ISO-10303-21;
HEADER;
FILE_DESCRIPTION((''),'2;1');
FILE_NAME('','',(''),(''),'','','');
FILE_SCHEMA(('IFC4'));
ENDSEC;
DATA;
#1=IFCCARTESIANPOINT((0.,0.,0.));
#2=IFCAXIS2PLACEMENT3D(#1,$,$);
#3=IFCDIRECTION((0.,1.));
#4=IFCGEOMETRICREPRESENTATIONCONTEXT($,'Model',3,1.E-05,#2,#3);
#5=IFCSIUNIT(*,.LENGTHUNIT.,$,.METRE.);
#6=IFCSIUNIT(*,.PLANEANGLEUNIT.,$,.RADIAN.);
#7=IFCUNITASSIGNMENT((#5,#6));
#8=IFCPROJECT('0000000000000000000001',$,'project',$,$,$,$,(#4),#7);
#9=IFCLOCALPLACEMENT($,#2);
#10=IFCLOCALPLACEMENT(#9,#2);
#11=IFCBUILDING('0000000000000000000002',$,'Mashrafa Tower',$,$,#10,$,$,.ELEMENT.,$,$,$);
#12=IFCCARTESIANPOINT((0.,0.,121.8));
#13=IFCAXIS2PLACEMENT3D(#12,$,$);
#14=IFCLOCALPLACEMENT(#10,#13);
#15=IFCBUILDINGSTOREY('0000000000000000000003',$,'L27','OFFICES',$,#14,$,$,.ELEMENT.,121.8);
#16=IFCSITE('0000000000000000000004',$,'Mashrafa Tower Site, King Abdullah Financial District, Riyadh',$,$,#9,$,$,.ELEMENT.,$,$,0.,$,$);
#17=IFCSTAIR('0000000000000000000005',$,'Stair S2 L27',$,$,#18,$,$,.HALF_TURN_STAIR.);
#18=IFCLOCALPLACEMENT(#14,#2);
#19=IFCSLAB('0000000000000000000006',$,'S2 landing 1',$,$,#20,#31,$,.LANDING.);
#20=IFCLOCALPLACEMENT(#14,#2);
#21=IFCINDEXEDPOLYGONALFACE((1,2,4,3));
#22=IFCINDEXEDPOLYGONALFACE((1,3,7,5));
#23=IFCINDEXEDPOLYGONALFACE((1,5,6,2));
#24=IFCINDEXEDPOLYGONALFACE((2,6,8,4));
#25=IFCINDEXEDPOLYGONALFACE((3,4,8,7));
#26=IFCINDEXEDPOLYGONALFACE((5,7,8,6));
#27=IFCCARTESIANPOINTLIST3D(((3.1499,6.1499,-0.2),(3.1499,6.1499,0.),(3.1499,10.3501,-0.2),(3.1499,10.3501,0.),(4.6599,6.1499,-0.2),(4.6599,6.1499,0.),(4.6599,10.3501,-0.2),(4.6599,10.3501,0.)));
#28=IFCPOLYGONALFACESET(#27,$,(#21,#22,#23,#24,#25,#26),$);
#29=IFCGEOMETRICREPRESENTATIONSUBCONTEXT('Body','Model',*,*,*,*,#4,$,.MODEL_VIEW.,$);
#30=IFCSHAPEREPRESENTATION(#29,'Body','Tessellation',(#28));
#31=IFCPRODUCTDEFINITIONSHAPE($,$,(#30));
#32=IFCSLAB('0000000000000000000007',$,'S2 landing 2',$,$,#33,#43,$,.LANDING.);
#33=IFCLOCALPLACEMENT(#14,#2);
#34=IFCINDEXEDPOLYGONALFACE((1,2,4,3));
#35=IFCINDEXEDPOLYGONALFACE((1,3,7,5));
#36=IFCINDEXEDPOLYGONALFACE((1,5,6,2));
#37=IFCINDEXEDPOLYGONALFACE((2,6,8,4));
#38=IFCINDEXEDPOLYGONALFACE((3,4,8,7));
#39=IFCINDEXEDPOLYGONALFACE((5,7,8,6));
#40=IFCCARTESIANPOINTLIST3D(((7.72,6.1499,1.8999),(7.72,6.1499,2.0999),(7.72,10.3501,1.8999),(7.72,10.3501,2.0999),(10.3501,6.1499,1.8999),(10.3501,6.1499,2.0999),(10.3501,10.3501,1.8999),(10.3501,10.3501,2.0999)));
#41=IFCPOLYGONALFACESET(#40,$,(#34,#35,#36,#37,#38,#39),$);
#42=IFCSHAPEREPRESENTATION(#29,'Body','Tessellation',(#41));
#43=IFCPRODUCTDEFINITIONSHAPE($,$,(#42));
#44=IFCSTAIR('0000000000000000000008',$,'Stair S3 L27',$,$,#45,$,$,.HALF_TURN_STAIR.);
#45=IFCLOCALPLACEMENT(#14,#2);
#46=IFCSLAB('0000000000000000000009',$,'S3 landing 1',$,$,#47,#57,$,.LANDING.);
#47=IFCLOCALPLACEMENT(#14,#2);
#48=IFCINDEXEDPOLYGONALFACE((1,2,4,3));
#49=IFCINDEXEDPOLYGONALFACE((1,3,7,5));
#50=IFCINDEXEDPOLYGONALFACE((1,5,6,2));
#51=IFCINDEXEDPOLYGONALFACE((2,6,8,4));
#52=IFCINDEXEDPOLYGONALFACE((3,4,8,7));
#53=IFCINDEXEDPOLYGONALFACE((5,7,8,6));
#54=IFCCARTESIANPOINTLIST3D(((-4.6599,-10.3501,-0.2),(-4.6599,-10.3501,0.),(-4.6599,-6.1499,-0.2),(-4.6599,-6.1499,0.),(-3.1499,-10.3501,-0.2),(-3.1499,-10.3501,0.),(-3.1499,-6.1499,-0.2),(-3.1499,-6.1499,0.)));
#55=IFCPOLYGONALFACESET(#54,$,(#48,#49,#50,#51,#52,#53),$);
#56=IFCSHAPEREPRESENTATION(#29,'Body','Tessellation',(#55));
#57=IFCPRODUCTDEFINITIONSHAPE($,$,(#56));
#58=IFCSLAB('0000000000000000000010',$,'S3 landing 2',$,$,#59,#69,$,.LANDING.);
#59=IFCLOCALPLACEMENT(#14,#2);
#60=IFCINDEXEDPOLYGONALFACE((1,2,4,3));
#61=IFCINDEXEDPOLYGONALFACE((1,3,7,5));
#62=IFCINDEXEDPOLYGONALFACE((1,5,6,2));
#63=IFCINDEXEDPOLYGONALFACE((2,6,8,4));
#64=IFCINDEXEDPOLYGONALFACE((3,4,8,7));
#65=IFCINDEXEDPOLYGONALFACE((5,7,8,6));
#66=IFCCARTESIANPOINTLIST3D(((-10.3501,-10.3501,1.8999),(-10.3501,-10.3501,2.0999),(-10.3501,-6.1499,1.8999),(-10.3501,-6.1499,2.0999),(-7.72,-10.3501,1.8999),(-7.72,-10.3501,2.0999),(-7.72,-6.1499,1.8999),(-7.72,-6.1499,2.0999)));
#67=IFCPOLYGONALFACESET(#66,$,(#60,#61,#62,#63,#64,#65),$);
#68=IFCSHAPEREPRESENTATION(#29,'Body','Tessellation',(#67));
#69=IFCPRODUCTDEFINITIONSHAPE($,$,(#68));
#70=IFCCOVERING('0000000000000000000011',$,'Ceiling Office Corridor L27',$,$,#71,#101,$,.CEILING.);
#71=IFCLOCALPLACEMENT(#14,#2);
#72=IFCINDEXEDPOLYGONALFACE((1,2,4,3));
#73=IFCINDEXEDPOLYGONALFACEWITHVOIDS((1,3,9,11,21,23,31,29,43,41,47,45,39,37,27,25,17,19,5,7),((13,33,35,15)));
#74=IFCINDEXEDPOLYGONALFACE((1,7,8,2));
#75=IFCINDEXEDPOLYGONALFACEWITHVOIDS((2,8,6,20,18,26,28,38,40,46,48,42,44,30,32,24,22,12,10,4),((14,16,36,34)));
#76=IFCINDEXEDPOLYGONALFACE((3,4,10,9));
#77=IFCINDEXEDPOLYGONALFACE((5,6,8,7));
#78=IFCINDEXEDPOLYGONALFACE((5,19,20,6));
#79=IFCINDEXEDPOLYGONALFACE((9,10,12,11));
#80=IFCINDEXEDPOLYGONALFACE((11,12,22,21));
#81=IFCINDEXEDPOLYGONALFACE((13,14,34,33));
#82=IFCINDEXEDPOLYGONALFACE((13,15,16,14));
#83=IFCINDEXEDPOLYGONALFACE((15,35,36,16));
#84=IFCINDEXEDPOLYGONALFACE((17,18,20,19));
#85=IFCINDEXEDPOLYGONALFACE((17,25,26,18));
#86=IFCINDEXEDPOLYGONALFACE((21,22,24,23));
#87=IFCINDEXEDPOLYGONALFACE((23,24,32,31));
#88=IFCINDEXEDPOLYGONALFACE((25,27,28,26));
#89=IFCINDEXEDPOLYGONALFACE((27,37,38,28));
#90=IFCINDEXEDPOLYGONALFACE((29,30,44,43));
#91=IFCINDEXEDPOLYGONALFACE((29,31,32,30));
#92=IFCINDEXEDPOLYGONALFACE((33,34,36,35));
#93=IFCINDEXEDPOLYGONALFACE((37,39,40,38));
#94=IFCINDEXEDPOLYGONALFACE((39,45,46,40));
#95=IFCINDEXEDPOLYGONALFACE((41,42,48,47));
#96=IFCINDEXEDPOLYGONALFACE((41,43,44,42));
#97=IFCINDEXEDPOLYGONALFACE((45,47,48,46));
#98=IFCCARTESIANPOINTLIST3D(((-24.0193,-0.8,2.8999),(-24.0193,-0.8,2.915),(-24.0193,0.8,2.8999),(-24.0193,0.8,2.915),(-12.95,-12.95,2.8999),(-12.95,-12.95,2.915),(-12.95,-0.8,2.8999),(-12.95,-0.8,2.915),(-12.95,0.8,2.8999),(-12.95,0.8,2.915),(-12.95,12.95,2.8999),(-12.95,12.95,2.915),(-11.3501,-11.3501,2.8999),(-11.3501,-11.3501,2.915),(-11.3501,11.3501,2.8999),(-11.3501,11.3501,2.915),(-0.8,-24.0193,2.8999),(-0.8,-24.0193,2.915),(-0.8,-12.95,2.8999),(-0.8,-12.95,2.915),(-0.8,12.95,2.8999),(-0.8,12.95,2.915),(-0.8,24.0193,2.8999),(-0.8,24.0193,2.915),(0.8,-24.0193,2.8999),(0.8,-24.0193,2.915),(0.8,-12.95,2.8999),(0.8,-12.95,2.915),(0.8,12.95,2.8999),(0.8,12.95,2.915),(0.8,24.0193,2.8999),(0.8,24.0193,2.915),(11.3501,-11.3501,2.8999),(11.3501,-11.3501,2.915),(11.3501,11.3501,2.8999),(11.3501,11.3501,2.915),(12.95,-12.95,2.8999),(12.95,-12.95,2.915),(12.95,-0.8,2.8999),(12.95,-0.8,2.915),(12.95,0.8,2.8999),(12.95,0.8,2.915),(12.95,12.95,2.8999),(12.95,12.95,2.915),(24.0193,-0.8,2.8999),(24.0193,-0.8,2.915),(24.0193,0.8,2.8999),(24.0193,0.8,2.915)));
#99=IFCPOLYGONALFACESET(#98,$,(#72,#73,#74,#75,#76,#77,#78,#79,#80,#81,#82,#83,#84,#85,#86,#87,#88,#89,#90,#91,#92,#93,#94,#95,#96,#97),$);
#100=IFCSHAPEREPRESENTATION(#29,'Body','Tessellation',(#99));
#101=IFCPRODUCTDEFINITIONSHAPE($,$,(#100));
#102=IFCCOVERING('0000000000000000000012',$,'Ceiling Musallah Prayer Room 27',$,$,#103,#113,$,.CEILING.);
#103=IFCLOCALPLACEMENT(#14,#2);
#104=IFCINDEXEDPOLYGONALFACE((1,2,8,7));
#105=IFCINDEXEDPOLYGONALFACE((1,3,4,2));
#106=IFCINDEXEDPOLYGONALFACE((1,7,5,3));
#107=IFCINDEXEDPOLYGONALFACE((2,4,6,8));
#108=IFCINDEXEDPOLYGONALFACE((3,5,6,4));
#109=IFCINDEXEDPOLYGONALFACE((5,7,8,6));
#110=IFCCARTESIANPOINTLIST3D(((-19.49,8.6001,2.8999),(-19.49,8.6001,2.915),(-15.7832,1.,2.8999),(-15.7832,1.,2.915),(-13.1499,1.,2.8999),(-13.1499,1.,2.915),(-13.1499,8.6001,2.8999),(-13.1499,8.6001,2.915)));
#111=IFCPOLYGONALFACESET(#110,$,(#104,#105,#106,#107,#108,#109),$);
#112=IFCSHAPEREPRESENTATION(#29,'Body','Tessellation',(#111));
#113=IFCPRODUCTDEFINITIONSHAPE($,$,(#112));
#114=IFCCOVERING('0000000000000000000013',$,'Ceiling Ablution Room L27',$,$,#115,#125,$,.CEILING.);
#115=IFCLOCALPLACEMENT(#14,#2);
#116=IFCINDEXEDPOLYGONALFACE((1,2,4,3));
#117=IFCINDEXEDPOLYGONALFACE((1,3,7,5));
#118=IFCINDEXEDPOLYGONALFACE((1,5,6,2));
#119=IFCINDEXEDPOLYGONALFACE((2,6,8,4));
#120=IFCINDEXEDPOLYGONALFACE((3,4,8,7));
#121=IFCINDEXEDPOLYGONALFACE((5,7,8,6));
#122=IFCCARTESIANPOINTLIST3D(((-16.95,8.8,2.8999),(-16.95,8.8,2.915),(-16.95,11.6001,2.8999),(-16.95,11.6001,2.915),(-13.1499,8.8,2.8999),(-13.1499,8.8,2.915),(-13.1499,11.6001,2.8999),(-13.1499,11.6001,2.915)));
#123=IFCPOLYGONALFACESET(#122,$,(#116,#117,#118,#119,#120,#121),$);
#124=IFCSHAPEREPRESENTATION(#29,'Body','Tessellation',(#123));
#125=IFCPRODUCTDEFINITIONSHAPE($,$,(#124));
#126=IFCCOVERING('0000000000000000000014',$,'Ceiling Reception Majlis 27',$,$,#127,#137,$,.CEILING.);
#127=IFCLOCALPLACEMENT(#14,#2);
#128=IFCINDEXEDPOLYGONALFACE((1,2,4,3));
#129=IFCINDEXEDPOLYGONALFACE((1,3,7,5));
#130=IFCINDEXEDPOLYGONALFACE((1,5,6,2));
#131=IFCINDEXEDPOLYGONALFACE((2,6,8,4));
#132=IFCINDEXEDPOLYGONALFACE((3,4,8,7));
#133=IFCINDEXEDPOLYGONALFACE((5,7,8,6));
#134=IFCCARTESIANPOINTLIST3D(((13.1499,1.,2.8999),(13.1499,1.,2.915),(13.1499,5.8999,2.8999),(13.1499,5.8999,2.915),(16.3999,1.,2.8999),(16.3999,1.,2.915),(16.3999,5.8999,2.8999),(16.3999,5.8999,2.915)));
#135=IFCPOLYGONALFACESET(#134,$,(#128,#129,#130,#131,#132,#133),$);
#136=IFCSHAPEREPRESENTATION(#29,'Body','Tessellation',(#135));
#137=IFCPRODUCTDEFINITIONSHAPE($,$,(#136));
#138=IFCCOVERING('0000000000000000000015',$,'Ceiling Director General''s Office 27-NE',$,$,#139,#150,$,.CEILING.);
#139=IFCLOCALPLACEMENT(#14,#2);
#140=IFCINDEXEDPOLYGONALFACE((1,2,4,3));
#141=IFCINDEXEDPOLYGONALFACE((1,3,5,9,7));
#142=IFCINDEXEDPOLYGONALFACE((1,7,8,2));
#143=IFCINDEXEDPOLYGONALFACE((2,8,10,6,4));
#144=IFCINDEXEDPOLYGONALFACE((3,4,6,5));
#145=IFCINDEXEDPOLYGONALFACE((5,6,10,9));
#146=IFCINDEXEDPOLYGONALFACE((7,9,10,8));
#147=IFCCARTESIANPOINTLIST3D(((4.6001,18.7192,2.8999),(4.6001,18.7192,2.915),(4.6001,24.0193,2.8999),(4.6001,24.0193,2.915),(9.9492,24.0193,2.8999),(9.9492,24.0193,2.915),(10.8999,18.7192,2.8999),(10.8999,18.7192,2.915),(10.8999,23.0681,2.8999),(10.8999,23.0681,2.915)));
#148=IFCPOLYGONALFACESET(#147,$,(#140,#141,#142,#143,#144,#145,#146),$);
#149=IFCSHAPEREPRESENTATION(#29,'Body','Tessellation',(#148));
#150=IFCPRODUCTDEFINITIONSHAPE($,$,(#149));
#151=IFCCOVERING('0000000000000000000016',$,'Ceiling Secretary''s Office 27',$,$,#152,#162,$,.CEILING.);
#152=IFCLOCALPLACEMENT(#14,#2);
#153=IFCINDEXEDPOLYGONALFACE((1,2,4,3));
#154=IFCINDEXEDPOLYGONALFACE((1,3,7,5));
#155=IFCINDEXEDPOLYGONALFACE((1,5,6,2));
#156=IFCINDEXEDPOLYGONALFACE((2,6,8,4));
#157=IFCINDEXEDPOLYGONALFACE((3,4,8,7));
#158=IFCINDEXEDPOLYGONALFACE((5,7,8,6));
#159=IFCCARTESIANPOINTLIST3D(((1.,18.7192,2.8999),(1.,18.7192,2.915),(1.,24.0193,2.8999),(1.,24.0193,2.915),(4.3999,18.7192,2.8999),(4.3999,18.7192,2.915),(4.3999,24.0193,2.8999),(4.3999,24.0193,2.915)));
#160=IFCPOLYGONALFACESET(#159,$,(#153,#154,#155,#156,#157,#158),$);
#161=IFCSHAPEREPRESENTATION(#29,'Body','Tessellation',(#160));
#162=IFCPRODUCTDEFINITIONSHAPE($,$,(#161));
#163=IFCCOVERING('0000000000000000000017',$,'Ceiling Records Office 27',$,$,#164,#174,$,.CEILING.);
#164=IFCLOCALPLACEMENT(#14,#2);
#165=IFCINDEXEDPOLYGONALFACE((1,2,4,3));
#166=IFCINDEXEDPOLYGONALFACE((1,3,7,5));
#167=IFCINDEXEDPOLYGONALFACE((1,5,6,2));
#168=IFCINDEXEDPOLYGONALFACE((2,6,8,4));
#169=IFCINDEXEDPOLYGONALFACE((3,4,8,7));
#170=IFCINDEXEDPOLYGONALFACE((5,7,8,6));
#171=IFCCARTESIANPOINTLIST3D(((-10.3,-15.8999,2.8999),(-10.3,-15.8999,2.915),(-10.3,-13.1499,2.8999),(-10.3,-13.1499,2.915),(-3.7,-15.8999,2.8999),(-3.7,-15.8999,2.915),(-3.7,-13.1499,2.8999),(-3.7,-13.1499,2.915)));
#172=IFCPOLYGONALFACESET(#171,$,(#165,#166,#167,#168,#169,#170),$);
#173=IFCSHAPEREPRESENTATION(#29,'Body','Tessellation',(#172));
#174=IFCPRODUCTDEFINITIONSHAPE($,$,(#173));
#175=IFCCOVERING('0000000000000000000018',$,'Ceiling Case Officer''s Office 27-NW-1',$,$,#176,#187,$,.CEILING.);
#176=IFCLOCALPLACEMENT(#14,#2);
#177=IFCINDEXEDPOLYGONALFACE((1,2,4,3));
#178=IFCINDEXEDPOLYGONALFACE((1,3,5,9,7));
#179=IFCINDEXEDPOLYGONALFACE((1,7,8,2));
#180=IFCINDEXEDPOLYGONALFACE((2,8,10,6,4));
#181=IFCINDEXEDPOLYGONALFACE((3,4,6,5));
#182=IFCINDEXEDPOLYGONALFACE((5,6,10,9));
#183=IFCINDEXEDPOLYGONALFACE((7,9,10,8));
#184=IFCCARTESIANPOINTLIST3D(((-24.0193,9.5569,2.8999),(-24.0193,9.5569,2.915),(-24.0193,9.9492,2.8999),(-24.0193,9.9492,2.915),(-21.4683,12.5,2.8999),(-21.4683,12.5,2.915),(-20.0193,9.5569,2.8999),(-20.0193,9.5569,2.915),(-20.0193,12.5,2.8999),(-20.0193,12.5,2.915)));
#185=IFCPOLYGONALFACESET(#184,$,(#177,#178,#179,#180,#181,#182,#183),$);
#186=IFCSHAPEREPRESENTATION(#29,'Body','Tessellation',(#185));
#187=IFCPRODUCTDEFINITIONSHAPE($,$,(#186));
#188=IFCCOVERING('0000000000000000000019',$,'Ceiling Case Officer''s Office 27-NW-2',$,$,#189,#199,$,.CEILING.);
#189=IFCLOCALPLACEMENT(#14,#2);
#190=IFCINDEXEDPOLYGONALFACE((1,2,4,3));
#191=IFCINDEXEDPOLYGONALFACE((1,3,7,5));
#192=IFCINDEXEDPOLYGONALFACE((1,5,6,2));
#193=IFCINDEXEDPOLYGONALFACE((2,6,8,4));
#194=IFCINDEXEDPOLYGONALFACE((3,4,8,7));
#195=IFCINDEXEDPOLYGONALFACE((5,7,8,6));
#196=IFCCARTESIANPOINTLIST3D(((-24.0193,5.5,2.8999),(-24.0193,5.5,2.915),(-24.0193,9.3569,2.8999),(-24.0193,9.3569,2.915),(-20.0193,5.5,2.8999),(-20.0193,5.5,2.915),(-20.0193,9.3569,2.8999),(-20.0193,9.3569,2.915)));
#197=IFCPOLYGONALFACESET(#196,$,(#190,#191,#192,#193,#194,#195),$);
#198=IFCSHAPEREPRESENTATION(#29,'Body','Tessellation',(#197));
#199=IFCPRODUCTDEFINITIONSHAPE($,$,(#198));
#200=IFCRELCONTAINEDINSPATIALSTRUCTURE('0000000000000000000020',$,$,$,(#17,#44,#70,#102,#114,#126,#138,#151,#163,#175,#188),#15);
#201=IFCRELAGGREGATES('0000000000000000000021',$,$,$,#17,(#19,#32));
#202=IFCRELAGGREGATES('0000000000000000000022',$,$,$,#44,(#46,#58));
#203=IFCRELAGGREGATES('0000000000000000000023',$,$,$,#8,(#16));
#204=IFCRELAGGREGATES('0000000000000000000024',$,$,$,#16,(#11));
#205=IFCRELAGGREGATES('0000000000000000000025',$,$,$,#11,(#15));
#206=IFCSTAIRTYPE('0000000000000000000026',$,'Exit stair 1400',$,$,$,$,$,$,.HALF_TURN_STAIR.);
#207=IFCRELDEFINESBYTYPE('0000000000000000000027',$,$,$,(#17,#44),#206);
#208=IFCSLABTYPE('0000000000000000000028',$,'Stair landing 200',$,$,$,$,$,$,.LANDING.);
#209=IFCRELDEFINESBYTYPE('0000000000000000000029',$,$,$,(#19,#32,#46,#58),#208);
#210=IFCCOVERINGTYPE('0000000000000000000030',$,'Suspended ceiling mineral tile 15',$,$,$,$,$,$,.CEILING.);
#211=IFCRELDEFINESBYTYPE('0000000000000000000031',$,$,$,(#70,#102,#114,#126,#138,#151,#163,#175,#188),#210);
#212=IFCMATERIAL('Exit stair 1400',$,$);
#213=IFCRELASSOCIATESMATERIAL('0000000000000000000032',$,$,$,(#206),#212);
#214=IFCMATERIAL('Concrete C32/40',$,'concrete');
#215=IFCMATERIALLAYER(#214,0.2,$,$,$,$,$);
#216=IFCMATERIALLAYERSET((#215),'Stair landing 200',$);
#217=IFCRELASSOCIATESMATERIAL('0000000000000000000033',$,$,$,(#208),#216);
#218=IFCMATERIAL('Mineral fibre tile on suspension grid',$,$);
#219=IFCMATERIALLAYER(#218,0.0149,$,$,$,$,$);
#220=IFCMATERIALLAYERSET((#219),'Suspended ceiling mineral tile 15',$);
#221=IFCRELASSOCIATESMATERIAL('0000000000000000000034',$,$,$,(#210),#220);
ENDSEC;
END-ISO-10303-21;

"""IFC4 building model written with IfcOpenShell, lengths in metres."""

from ifc_helpers import new_model, si_unit, direction, frame, origin, place, context, subcontext, project, spatial, polyline, outline, extrude, material, layer, layer_set, type_object, element, aggregate, save


model = new_model("IFC4")

# Units and contexts
model_context = context("Model", 3, precision=1e-05, world=origin(), true_north=direction((0.0, 1.0)))
body_context = subcontext(model_context, "Body", "Model", "MODEL_VIEW")
ifc_project = project(units=[si_unit("LENGTHUNIT", "METRE"), si_unit("PLANEANGLEUNIT", "RADIAN")], contexts=[model_context])

# Site, building, storey
site_placement = place(None, origin())
site = spatial("IfcSite", under=ifc_project, at=site_placement, Name="Mashrafa Tower Site, King Abdullah Financial District, Riyadh", CompositionType="ELEMENT", RefElevation=0.0)
building_placement = place(site_placement, origin())
building = spatial("IfcBuilding", under=site, at=building_placement, Name="Mashrafa Tower", CompositionType="ELEMENT")
storey_placement = place(building_placement, frame((0.0, 0.0, 121.8)))
storey = spatial("IfcBuildingStorey", under=building, at=storey_placement, Name="L27", Description="OFFICES", CompositionType="ELEMENT", Elevation=121.8)

# Stairs, slabs
ifc_material_1 = material(Name="Exit stair 1400")
stair_type = type_object("IfcStairType", Name="Exit stair 1400", PredefinedType="HALF_TURN_STAIR", material=ifc_material_1)
ifc_material_2 = material(Name="Concrete C32/40", Category="concrete")
ifc_layer_1 = layer(ifc_material_2, 0.2)
ifc_layer_set_1 = layer_set([ifc_layer_1], Name="Stair landing 200")
slab_type_1 = type_object("IfcSlabType", Name="Stair landing 200", PredefinedType="LANDING", material=ifc_layer_set_1)
stair_1_placement = place(storey_placement, origin())
stair_1 = element("IfcStair", 1, at=stair_1_placement, inside=storey, type_object=stair_type, Name="Stair S2 L27", PredefinedType="HALF_TURN_STAIR")
slab_1_placement = place(storey_placement, frame((0.0, 0.0, -0.2)))
slab_1 = element("IfcSlab", 2, at=slab_1_placement, type_object=slab_type_1, Name="S2 landing 1", PredefinedType="LANDING", context=body_context, shape_type="SweptSolid", body=[
    extrude(outline(polyline([(3.1499, 6.1499), (4.6599, 6.1499), (4.6599, 10.3501), (3.1499, 10.3501), (3.1499, 6.1499)])), origin(), (0.0, 0.0, 1.0), 0.2),
])
slab_2_placement = place(storey_placement, frame((0.0, 0.0, 1.8999)))
slab_2 = element("IfcSlab", 3, at=slab_2_placement, type_object=slab_type_1, Name="S2 landing 2", PredefinedType="LANDING", context=body_context, shape_type="SweptSolid", body=[
    extrude(outline(polyline([(7.72, 6.1499), (10.3501, 6.1499), (10.3501, 10.3501), (7.72, 10.3501), (7.72, 6.1499)])), origin(), (0.0, 0.0, 1.0), 0.2),
])
aggregate(stair_1, [slab_1, slab_2])
stair_2_placement = place(storey_placement, origin())
stair_2 = element("IfcStair", 4, at=stair_2_placement, inside=storey, type_object=stair_type, Name="Stair S3 L27", PredefinedType="HALF_TURN_STAIR")
slab_3_placement = place(storey_placement, frame((0.0, 0.0, -0.2)))
slab_3 = element("IfcSlab", 5, at=slab_3_placement, type_object=slab_type_1, Name="S3 landing 1", PredefinedType="LANDING", context=body_context, shape_type="SweptSolid", body=[
    extrude(outline(polyline([(-4.6599, -10.3501), (-3.1499, -10.3501), (-3.1499, -6.1499), (-4.6599, -6.1499), (-4.6599, -10.3501)])), origin(), (0.0, 0.0, 1.0), 0.2),
])
slab_4_placement = place(storey_placement, frame((0.0, 0.0, 1.8999)))
slab_4 = element("IfcSlab", 6, at=slab_4_placement, type_object=slab_type_1, Name="S3 landing 2", PredefinedType="LANDING", context=body_context, shape_type="SweptSolid", body=[
    extrude(outline(polyline([(-10.3501, -10.3501), (-7.72, -10.3501), (-7.72, -6.1499), (-10.3501, -6.1499), (-10.3501, -10.3501)])), origin(), (0.0, 0.0, 1.0), 0.2),
])
aggregate(stair_2, [slab_3, slab_4])

# Coverings
ifc_material_3 = material(Name="Mineral fibre tile on suspension grid")
ifc_layer_2 = layer(ifc_material_3, 0.0149)
ifc_layer_set_2 = layer_set([ifc_layer_2], Name="Suspended ceiling mineral tile 15")
covering_type = type_object("IfcCoveringType", Name="Suspended ceiling mineral tile 15", PredefinedType="CEILING", material=ifc_layer_set_2)
covering_1_placement = place(storey_placement, frame((0.0, 0.0, 2.8999)))
element("IfcCovering", 7, at=covering_1_placement, inside=storey, type_object=covering_type, Name="Ceiling Office Corridor L27", PredefinedType="CEILING", context=body_context, shape_type="SweptSolid", body=[
    extrude(outline(polyline([(-12.95, -12.95), (-12.95, -0.8), (-24.0193, -0.8), (-24.0193, 0.8), (-12.95, 0.8), (-12.95, 12.95), (-0.8, 12.95), (-0.8, 24.0193), (0.8, 24.0193), (0.8, 12.95), (12.95, 12.95), (12.95, 0.8), (24.0193, 0.8), (24.0193, -0.8), (12.95, -0.8), (12.95, -12.95), (0.8, -12.95), (0.8, -24.0193), (-0.8, -24.0193), (-0.8, -12.95), (-12.95, -12.95)]), holes=[polyline([(11.3501, 11.3501), (-11.3501, 11.3501), (-11.3501, -11.3501), (11.3501, -11.3501), (11.3501, 11.3501)])]), origin(), (0.0, 0.0, 1.0), 0.0151),
])
covering_2_placement = place(storey_placement, frame((0.0, 0.0, 2.8999)))
element("IfcCovering", 8, at=covering_2_placement, inside=storey, type_object=covering_type, Name="Ceiling Musallah Prayer Room 27", PredefinedType="CEILING", context=body_context, shape_type="SweptSolid", body=[
    extrude(outline(polyline([(-15.7832, 1.0), (-19.49, 8.6001), (-13.1499, 8.6001), (-13.1499, 1.0), (-15.7832, 1.0)])), origin(), (0.0, 0.0, 1.0), 0.0151),
])
covering_3_placement = place(storey_placement, frame((0.0, 0.0, 2.8999)))
element("IfcCovering", 9, at=covering_3_placement, inside=storey, type_object=covering_type, Name="Ceiling Ablution Room L27", PredefinedType="CEILING", context=body_context, shape_type="SweptSolid", body=[
    extrude(outline(polyline([(-16.95, 8.8), (-16.95, 11.6001), (-13.1499, 11.6001), (-13.1499, 8.8), (-16.95, 8.8)])), origin(), (0.0, 0.0, 1.0), 0.0151),
])
covering_4_placement = place(storey_placement, frame((0.0, 0.0, 2.8999)))
element("IfcCovering", 10, at=covering_4_placement, inside=storey, type_object=covering_type, Name="Ceiling Reception Majlis 27", PredefinedType="CEILING", context=body_context, shape_type="SweptSolid", body=[
    extrude(outline(polyline([(13.1499, 5.8999), (16.3999, 5.8999), (16.3999, 1.0), (13.1499, 1.0), (13.1499, 5.8999)])), origin(), (0.0, 0.0, 1.0), 0.0151),
])
covering_5_placement = place(storey_placement, frame((0.0, 0.0, 2.8999)))
element("IfcCovering", 11, at=covering_5_placement, inside=storey, type_object=covering_type, Name="Ceiling Director General's Office 27-NE", PredefinedType="CEILING", context=body_context, shape_type="SweptSolid", body=[
    extrude(outline(polyline([(4.6001, 24.0193), (9.9492, 24.0193), (10.8999, 23.0681), (10.8999, 18.7192), (4.6001, 18.7192), (4.6001, 24.0193)])), origin(), (0.0, 0.0, 1.0), 0.0151),
])
covering_6_placement = place(storey_placement, frame((0.0, 0.0, 2.8999)))
element("IfcCovering", 12, at=covering_6_placement, inside=storey, type_object=covering_type, Name="Ceiling Secretary's Office 27", PredefinedType="CEILING", context=body_context, shape_type="SweptSolid", body=[
    extrude(outline(polyline([(1.0, 24.0193), (4.3999, 24.0193), (4.3999, 18.7192), (1.0, 18.7192), (1.0, 24.0193)])), origin(), (0.0, 0.0, 1.0), 0.0151),
])
covering_7_placement = place(storey_placement, frame((0.0, 0.0, 2.8999)))
element("IfcCovering", 13, at=covering_7_placement, inside=storey, type_object=covering_type, Name="Ceiling Records Office 27", PredefinedType="CEILING", context=body_context, shape_type="SweptSolid", body=[
    extrude(outline(polyline([(-10.3, -13.1499), (-3.7, -13.1499), (-3.7, -15.8999), (-10.3, -15.8999), (-10.3, -13.1499)])), origin(), (0.0, 0.0, 1.0), 0.0151),
])
covering_8_placement = place(storey_placement, frame((0.0, 0.0, 2.8999)))
element("IfcCovering", 14, at=covering_8_placement, inside=storey, type_object=covering_type, Name="Ceiling Case Officer's Office 27-NW-1", PredefinedType="CEILING", context=body_context, shape_type="SweptSolid", body=[
    extrude(outline(polyline([(-20.0193, 12.5), (-20.0193, 9.5569), (-24.0193, 9.5569), (-24.0193, 9.9492), (-21.4683, 12.5), (-20.0193, 12.5)])), origin(), (0.0, 0.0, 1.0), 0.0151),
])
covering_9_placement = place(storey_placement, frame((0.0, 0.0, 2.8999)))
element("IfcCovering", 15, at=covering_9_placement, inside=storey, type_object=covering_type, Name="Ceiling Case Officer's Office 27-NW-2", PredefinedType="CEILING", context=body_context, shape_type="SweptSolid", body=[
    extrude(outline(polyline([(-20.0193, 9.3569), (-20.0193, 5.5), (-24.0193, 5.5), (-24.0193, 9.3569), (-20.0193, 9.3569)])), origin(), (0.0, 0.0, 1.0), 0.0151),
])

save(model, "model.ifc")
